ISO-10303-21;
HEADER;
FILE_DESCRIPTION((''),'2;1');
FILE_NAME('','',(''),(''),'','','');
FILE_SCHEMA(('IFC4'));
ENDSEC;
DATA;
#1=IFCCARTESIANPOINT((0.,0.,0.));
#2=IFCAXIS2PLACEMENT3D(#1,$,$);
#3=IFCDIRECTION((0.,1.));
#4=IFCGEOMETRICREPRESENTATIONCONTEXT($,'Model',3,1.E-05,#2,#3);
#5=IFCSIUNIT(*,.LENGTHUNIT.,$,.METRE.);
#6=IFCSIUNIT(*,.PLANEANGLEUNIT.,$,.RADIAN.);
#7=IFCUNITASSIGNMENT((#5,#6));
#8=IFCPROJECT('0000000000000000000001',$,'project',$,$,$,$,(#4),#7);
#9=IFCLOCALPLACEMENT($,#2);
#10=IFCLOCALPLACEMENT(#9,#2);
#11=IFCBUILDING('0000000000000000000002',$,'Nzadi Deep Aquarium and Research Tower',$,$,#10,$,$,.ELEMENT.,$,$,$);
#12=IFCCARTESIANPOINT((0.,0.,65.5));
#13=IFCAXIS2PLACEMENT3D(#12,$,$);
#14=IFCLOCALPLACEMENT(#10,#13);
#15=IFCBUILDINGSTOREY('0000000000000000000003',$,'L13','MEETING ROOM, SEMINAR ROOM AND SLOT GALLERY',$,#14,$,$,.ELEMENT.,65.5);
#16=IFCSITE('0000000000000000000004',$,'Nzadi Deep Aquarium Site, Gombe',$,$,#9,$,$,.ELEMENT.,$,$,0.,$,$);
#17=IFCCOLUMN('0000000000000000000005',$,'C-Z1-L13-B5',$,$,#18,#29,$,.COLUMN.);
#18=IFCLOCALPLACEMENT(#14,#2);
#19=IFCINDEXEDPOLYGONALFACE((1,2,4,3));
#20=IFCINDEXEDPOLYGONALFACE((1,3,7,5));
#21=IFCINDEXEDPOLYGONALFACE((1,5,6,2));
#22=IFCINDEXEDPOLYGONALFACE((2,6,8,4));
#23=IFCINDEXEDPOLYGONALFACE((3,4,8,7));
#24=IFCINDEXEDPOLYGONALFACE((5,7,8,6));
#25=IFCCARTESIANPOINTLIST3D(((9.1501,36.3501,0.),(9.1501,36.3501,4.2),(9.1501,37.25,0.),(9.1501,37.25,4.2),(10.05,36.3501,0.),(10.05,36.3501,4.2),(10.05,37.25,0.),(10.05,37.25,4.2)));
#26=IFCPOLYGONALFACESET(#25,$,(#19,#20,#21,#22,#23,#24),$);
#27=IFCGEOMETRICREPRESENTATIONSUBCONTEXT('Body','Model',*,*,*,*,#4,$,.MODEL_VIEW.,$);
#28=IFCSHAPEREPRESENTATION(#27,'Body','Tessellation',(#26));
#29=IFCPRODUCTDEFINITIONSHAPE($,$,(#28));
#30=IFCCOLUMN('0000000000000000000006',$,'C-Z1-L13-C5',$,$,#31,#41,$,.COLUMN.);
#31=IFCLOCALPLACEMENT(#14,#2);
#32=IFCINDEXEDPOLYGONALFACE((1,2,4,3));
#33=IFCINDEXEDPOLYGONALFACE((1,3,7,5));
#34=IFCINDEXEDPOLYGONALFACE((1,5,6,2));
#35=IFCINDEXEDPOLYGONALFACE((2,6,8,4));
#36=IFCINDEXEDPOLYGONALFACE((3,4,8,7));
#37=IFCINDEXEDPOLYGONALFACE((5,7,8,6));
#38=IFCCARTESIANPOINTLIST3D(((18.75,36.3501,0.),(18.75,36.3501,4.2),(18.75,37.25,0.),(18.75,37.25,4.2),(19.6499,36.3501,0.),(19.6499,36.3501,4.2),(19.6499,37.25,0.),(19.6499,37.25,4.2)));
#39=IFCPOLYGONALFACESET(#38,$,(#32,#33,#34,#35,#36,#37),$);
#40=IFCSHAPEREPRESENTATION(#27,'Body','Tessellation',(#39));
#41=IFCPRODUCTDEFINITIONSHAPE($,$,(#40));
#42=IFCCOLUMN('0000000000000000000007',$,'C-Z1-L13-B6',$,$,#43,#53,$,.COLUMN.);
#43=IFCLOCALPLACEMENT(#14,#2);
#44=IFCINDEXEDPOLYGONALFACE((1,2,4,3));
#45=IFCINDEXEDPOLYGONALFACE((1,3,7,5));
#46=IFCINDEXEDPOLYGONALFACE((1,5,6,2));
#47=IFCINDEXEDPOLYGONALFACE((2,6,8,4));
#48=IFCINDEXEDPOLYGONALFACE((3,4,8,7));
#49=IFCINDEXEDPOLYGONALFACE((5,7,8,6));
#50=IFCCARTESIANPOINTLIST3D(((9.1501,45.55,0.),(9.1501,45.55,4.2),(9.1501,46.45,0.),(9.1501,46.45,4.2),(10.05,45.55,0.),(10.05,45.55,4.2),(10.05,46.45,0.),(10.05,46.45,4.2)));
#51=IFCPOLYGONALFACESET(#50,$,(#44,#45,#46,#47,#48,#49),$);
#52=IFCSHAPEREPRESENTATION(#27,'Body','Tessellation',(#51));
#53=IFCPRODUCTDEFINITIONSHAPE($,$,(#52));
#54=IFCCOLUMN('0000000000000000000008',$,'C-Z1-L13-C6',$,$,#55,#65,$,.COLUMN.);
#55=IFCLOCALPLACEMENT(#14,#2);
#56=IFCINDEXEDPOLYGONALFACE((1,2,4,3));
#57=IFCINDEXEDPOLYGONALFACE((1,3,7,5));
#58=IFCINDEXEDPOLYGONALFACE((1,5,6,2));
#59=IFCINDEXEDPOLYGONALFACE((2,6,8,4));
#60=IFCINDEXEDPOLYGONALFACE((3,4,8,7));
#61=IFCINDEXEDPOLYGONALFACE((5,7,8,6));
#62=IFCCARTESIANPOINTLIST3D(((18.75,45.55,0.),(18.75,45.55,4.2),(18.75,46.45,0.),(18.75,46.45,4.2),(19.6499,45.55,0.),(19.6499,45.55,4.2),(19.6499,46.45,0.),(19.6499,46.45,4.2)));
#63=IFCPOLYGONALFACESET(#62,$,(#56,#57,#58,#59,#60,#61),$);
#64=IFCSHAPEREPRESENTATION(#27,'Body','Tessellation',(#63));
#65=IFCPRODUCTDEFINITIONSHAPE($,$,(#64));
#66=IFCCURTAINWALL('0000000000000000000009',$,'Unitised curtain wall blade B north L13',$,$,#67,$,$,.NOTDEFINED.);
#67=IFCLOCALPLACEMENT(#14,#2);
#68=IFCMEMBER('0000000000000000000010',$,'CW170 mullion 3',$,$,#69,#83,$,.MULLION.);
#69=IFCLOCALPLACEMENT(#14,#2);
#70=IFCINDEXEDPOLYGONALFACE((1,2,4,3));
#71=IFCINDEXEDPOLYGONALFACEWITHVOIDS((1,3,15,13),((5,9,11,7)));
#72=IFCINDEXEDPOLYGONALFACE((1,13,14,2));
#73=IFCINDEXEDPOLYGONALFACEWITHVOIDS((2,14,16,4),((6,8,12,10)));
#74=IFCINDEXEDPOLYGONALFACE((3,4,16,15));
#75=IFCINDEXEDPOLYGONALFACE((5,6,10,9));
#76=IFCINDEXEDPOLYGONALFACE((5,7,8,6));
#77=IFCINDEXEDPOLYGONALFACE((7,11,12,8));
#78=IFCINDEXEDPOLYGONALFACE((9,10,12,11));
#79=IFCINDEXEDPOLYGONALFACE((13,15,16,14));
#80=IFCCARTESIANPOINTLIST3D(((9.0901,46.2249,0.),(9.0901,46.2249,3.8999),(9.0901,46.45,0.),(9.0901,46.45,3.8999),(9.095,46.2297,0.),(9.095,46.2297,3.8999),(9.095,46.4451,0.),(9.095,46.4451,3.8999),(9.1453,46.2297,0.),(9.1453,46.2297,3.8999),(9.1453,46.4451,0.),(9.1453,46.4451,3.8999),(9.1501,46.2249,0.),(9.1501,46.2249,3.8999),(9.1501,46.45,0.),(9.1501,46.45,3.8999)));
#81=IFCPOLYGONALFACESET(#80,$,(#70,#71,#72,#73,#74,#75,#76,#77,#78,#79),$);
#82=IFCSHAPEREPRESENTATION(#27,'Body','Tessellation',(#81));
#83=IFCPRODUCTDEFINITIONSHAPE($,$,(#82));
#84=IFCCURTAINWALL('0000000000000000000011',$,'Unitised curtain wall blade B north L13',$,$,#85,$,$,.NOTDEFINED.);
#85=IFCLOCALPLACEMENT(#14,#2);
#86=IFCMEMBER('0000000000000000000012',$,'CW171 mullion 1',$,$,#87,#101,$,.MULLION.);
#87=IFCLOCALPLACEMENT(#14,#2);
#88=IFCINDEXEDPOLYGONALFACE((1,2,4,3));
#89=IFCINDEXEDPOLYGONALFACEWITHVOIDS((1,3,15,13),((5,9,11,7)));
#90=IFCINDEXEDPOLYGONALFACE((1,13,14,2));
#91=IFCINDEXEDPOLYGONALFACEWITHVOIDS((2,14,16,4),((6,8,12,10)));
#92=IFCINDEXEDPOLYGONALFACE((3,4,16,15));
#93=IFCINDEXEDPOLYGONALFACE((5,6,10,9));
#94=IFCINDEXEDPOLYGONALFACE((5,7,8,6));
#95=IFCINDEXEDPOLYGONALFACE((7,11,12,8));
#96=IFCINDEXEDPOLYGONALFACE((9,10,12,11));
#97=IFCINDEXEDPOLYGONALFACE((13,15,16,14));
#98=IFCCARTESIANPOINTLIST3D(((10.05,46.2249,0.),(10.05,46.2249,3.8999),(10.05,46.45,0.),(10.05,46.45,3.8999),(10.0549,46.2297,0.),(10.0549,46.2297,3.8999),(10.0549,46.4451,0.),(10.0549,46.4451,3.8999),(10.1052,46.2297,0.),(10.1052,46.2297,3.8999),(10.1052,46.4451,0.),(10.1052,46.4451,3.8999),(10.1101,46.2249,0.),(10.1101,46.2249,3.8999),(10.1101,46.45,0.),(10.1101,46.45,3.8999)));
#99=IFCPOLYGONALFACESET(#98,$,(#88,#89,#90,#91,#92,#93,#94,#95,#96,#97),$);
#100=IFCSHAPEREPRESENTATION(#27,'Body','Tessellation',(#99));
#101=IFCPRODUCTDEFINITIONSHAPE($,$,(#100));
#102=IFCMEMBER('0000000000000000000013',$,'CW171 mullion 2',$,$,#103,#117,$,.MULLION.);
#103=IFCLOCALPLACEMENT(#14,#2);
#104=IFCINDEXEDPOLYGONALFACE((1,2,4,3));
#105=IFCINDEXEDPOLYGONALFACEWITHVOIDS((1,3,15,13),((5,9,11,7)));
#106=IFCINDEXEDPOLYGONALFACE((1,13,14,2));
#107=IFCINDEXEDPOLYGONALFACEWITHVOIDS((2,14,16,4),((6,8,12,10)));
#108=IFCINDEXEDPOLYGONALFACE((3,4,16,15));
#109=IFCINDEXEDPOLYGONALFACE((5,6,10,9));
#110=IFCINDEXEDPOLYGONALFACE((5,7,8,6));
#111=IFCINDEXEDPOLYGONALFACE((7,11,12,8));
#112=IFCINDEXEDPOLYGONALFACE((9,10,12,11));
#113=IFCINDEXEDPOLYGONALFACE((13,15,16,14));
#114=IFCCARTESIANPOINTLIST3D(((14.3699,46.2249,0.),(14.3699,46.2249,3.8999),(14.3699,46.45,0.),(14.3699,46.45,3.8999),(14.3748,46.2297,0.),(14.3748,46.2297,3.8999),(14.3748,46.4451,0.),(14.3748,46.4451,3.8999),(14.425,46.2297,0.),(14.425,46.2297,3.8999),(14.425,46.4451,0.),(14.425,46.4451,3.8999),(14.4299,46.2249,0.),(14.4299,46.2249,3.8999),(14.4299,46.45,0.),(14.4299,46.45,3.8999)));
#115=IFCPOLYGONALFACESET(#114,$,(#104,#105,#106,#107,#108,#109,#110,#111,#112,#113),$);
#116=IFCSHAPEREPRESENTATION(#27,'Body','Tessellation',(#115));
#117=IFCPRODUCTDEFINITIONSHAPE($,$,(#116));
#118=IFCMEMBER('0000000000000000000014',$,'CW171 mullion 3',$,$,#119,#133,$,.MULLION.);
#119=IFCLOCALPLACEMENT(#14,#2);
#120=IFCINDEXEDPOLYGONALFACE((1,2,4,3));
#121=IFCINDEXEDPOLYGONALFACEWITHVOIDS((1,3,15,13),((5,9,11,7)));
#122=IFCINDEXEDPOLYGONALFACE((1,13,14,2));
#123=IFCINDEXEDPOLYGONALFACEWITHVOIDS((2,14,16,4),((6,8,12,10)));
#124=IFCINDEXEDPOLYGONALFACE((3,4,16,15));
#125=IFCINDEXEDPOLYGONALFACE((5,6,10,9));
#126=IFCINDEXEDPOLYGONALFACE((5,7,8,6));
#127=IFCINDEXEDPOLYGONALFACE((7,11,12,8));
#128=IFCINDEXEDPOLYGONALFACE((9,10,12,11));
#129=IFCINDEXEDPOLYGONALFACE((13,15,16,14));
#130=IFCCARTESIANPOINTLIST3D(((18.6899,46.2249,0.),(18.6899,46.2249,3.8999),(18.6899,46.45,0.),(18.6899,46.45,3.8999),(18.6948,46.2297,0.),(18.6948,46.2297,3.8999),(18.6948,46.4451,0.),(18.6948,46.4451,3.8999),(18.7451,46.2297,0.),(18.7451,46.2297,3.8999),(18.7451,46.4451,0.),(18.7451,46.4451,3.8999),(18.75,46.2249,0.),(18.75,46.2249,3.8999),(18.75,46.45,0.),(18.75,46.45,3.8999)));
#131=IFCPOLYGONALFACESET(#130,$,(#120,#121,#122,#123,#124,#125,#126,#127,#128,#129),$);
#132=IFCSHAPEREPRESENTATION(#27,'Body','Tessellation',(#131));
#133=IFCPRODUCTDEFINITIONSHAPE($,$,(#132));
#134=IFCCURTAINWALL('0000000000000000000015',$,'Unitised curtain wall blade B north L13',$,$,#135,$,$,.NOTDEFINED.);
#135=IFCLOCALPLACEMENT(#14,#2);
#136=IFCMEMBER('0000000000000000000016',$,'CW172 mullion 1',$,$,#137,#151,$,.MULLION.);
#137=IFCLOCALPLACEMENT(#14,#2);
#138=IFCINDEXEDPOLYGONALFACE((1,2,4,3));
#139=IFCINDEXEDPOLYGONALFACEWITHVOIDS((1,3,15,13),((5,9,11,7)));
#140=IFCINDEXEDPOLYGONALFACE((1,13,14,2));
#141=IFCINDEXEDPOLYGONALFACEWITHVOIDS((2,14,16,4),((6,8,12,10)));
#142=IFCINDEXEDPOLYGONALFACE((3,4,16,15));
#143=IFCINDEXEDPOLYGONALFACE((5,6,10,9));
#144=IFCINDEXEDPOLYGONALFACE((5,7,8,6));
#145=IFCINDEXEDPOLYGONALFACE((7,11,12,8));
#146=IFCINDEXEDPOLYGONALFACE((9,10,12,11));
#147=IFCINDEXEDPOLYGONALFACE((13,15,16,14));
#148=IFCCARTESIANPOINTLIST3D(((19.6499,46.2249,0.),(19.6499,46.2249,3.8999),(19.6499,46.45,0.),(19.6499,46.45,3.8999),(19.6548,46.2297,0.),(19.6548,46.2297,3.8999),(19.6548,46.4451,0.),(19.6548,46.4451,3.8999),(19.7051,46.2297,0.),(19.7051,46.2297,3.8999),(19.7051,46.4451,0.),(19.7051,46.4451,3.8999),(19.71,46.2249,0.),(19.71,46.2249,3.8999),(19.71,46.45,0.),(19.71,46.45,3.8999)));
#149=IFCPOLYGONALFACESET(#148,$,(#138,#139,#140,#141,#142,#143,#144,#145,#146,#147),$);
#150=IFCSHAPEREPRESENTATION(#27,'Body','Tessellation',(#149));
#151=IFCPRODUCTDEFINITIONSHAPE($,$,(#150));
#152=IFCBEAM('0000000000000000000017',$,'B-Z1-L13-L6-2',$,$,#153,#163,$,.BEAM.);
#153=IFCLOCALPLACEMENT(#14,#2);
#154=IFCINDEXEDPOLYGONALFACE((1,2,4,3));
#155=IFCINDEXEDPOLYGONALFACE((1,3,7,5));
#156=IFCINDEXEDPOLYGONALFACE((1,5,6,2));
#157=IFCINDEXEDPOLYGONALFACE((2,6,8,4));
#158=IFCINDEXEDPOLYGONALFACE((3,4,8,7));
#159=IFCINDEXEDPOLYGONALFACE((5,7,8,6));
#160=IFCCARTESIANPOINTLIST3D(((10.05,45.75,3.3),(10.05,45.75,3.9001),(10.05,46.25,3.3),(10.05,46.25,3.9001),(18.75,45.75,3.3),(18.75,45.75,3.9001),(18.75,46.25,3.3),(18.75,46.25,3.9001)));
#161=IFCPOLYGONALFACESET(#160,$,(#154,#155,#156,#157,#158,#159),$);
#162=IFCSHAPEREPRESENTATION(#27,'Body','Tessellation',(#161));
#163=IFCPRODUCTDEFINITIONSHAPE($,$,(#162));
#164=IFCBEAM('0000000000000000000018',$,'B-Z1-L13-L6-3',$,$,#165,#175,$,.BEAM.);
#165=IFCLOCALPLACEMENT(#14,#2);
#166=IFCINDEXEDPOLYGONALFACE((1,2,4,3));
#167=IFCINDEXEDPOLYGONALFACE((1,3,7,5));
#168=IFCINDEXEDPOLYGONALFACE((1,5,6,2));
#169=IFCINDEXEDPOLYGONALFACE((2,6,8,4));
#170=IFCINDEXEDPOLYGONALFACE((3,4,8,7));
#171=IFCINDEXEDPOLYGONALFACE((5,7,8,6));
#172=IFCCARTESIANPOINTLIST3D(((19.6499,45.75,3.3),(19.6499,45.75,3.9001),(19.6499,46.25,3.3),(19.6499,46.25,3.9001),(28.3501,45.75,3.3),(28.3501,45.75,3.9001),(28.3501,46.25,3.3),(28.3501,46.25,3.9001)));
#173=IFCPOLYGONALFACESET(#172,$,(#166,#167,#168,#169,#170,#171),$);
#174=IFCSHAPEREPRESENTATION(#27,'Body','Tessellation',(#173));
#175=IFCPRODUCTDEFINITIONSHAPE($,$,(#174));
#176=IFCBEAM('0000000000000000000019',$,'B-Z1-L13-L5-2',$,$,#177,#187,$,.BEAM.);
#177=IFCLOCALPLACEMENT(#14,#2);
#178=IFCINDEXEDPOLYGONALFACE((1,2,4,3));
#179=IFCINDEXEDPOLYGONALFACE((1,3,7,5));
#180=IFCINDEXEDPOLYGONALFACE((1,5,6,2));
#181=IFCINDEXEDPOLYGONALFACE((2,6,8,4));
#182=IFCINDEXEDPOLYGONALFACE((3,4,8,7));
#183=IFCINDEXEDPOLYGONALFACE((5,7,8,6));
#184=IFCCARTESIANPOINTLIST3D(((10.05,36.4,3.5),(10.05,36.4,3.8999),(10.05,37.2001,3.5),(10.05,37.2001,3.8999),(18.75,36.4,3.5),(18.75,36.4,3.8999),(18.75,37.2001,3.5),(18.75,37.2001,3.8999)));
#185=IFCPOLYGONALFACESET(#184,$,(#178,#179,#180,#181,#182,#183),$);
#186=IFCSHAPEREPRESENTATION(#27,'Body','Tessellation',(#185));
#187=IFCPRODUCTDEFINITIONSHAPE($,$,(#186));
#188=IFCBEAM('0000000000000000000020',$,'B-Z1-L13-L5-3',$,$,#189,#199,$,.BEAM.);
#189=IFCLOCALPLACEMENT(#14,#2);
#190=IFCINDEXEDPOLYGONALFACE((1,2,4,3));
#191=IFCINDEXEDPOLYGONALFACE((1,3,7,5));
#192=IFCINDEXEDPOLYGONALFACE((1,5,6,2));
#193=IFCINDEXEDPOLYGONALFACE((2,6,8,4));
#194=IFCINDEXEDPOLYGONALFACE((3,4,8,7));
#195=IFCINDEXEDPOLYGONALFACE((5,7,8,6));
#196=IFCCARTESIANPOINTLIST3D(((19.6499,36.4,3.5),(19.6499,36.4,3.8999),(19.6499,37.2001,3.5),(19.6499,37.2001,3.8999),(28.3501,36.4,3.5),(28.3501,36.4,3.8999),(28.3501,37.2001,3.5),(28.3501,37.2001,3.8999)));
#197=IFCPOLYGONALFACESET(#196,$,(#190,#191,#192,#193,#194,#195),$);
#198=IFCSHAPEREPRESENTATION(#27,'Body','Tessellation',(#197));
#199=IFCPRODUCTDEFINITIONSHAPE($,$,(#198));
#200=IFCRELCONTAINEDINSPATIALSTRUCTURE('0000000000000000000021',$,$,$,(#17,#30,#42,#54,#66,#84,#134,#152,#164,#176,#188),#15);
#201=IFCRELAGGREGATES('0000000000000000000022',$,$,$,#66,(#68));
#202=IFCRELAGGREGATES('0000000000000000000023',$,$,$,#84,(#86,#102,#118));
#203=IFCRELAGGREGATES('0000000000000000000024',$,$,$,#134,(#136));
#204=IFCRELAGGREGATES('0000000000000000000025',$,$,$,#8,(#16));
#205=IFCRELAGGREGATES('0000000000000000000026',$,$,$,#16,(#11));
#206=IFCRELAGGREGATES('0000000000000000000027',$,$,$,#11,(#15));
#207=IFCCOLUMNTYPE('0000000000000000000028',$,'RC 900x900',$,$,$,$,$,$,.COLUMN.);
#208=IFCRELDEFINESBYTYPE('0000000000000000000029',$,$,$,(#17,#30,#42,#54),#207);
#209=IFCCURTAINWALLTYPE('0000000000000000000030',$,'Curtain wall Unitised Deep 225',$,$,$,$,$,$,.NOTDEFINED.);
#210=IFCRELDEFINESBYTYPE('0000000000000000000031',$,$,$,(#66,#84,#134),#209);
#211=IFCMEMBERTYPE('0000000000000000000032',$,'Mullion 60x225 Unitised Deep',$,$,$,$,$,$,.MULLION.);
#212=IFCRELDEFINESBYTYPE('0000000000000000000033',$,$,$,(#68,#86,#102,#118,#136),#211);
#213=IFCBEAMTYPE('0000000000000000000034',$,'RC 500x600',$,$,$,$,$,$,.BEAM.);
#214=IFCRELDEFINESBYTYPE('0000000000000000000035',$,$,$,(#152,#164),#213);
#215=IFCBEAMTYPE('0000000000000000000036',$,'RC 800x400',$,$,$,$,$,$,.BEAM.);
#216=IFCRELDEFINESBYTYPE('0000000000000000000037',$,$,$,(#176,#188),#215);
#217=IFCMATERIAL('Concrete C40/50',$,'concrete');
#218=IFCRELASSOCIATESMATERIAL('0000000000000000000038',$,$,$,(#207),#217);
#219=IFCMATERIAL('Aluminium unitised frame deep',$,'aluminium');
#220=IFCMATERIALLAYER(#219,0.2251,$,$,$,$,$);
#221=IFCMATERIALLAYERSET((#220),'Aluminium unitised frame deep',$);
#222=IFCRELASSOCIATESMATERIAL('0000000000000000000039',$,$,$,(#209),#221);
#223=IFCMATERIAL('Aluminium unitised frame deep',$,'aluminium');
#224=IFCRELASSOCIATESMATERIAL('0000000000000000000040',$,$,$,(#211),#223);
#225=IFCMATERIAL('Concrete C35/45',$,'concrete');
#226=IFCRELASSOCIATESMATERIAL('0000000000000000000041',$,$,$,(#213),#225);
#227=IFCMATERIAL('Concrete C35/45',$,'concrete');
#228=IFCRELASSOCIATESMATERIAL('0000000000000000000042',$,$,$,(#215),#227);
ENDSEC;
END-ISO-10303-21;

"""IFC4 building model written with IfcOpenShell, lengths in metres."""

from ifc_helpers import new_model, si_unit, direction, frame, origin, origin_2d, place, context, subcontext, project, spatial, rectangle, hollow_rectangle, extrude, material, layer, layer_set, material_profile, profile_set, type_object, element, aggregate, save


model = new_model("IFC4")

# Units and contexts
model_context = context("Model", 3, precision=1e-05, world=origin(), true_north=direction((0.0, 1.0)))
body_context = subcontext(model_context, "Body", "Model", "MODEL_VIEW")
ifc_project = project(units=[si_unit("LENGTHUNIT", "METRE"), si_unit("PLANEANGLEUNIT", "RADIAN")], contexts=[model_context])

# Site, building, storey
site_placement = place(None, origin())
site = spatial("IfcSite", under=ifc_project, at=site_placement, Name="Nzadi Deep Aquarium Site, Gombe", CompositionType="ELEMENT", RefElevation=0.0)
building_placement = place(site_placement, origin())
building = spatial("IfcBuilding", under=site, at=building_placement, Name="Nzadi Deep Aquarium and Research Tower", CompositionType="ELEMENT")
storey_placement = place(building_placement, frame((0.0, 0.0, 65.5)))
storey = spatial("IfcBuildingStorey", under=building, at=storey_placement, Name="L13", Description="MEETING ROOM, SEMINAR ROOM AND SLOT GALLERY", CompositionType="ELEMENT", Elevation=65.5)

# Columns
ifc_material_1 = material(Name="Concrete C40/50", Category="concrete")
ifc_material_profile_1 = material_profile(ifc_material_1, rectangle(XDim=0.8999, YDim=0.8999, at=origin_2d()))
ifc_profile_set_1 = profile_set([ifc_material_profile_1], Name="Concrete C40/50")
column_type = type_object("IfcColumnType", Name="RC 900x900", PredefinedType="COLUMN", material=ifc_profile_set_1)
for number, where, z_axis, x_axis, name in (
    (1, (9.6001, 36.8, 0.0), (0.0, 0.0, 1.0), (1.0, 0.0, 0.0), "C-Z1-L13-B5"),
    (2, (19.2, 36.8, 0.0), (0.0, 0.0, 1.0), (1.0, 0.0, 0.0), "C-Z1-L13-C5"),
    (3, (9.6001, 46.0, 0.0), (0.0, 0.0, 1.0), (1.0, 0.0, 0.0), "C-Z1-L13-B6"),
    (4, (19.2, 46.0, 0.0), (0.0, 0.0, 1.0), (1.0, 0.0, 0.0), "C-Z1-L13-C6"),
):
    element("IfcColumn", number, at=place(storey_placement, frame(where, z_axis=z_axis, x_axis=x_axis)), inside=storey, type_object=column_type, Name=name, PredefinedType="COLUMN", context=body_context, shape_type="SweptSolid", body=[
        extrude(rectangle(XDim=0.8999, YDim=0.8999, at=origin_2d()), origin(), (0.0, 0.0, 1.0), 4.2),
    ])

# Curtain wall, member
ifc_material_2 = material(Name="Aluminium unitised frame deep", Category="aluminium")
ifc_layer_1 = layer(ifc_material_2, 0.2251)
ifc_layer_set_1 = layer_set([ifc_layer_1], Name="Aluminium unitised frame deep")
curtain_wall_type = type_object("IfcCurtainWallType", Name="Curtain wall Unitised Deep 225", PredefinedType="NOTDEFINED", material=ifc_layer_set_1)
curtain_wall_1_placement = place(storey_placement, origin())
curtain_wall_1 = element("IfcCurtainWall", 5, at=curtain_wall_1_placement, inside=storey, type_object=curtain_wall_type, Name="Unitised curtain wall blade B north L13", PredefinedType="NOTDEFINED")
ifc_material_3 = material(Name="Aluminium unitised frame deep", Category="aluminium")
ifc_material_profile_2 = material_profile(ifc_material_3, hollow_rectangle(XDim=0.2251, YDim=0.0601, WallThickness=0.0049, at=origin_2d()))
ifc_profile_set_2 = profile_set([ifc_material_profile_2], Name="Aluminium unitised frame deep")
member_type_1 = type_object("IfcMemberType", Name="Mullion 60x225 Unitised Deep", PredefinedType="MULLION", material=ifc_profile_set_2)
member_1_placement = place(storey_placement, frame((9.1201, 46.3374, 0.0), z_axis=(0.0, 0.0, 1.0), x_axis=(0.0, 1.0, 0.0)))
member_1 = element("IfcMember", 6, at=member_1_placement, type_object=member_type_1, Name="CW170 mullion 3", PredefinedType="MULLION", context=body_context, shape_type="SweptSolid", body=[
    extrude(hollow_rectangle(XDim=0.2251, YDim=0.0601, WallThickness=0.0049, at=origin_2d()), origin(), (0.0, 0.0, 1.0), 3.8999),
])
aggregate(curtain_wall_1, [member_1])

# Curtain wall, members
curtain_wall_2_placement = place(storey_placement, origin())
curtain_wall_2 = element("IfcCurtainWall", 7, at=curtain_wall_2_placement, inside=storey, type_object=curtain_wall_type, Name="Unitised curtain wall blade B north L13", PredefinedType="NOTDEFINED")
member_2_placement = place(storey_placement, frame((10.0801, 46.3374, 0.0), z_axis=(0.0, 0.0, 1.0), x_axis=(0.0, 1.0, 0.0)))
member_2 = element("IfcMember", 8, at=member_2_placement, type_object=member_type_1, Name="CW171 mullion 1", PredefinedType="MULLION", context=body_context, shape_type="SweptSolid", body=[
    extrude(hollow_rectangle(XDim=0.2251, YDim=0.0601, WallThickness=0.0049, at=origin_2d()), origin(), (0.0, 0.0, 1.0), 3.8999),
])
member_3_placement = place(storey_placement, frame((14.3999, 46.3374, 0.0), z_axis=(0.0, 0.0, 1.0), x_axis=(0.0, 1.0, 0.0)))
member_3 = element("IfcMember", 9, at=member_3_placement, type_object=member_type_1, Name="CW171 mullion 2", PredefinedType="MULLION", context=body_context, shape_type="SweptSolid", body=[
    extrude(hollow_rectangle(XDim=0.2251, YDim=0.0601, WallThickness=0.0049, at=origin_2d()), origin(), (0.0, 0.0, 1.0), 3.8999),
])
member_4_placement = place(storey_placement, frame((18.72, 46.3374, 0.0), z_axis=(0.0, 0.0, 1.0), x_axis=(0.0, 1.0, 0.0)))
member_4 = element("IfcMember", 10, at=member_4_placement, type_object=member_type_1, Name="CW171 mullion 3", PredefinedType="MULLION", context=body_context, shape_type="SweptSolid", body=[
    extrude(hollow_rectangle(XDim=0.2251, YDim=0.0601, WallThickness=0.0049, at=origin_2d()), origin(), (0.0, 0.0, 1.0), 3.8999),
])

# Curtain wall, member
curtain_wall_3_placement = place(storey_placement, origin())
curtain_wall_3 = element("IfcCurtainWall", 11, at=curtain_wall_3_placement, inside=storey, type_object=curtain_wall_type, Name="Unitised curtain wall blade B north L13", PredefinedType="NOTDEFINED")
member_5_placement = place(storey_placement, frame((19.6799, 46.3374, 0.0), z_axis=(0.0, 0.0, 1.0), x_axis=(0.0, 1.0, 0.0)))
member_5 = element("IfcMember", 12, at=member_5_placement, type_object=member_type_1, Name="CW172 mullion 1", PredefinedType="MULLION", context=body_context, shape_type="SweptSolid", body=[
    extrude(hollow_rectangle(XDim=0.2251, YDim=0.0601, WallThickness=0.0049, at=origin_2d()), origin(), (0.0, 0.0, 1.0), 3.8999),
])

# Beams
ifc_material_4 = material(Name="Concrete C35/45", Category="concrete")
ifc_material_profile_3 = material_profile(ifc_material_4, rectangle(XDim=0.5, YDim=0.6001, at=origin_2d()))
ifc_profile_set_3 = profile_set([ifc_material_profile_3], Name="Concrete C35/45")
beam_type_1 = type_object("IfcBeamType", Name="RC 500x600", PredefinedType="BEAM", material=ifc_profile_set_3)
beam_1_placement = place(storey_placement, frame((10.05, 46.0, 3.6001), z_axis=(1.0, 0.0, 0.0), x_axis=(0.0, 1.0, 0.0)))
element("IfcBeam", 13, at=beam_1_placement, inside=storey, type_object=beam_type_1, Name="B-Z1-L13-L6-2", PredefinedType="BEAM", context=body_context, shape_type="SweptSolid", body=[
    extrude(rectangle(XDim=0.5, YDim=0.6001, at=origin_2d()), origin(), (0.0, 0.0, 1.0), 8.7),
])
beam_2_placement = place(storey_placement, frame((19.6499, 46.0, 3.6001), z_axis=(1.0, 0.0, 0.0), x_axis=(0.0, 1.0, 0.0)))
element("IfcBeam", 14, at=beam_2_placement, inside=storey, type_object=beam_type_1, Name="B-Z1-L13-L6-3", PredefinedType="BEAM", context=body_context, shape_type="SweptSolid", body=[
    extrude(rectangle(XDim=0.5, YDim=0.6001, at=origin_2d()), origin(), (0.0, 0.0, 1.0), 8.7002),
])
ifc_material_5 = material(Name="Concrete C35/45", Category="concrete")
ifc_material_profile_4 = material_profile(ifc_material_5, rectangle(XDim=0.8, YDim=0.3999, at=origin_2d()))
ifc_profile_set_4 = profile_set([ifc_material_profile_4], Name="Concrete C35/45")
beam_type_2 = type_object("IfcBeamType", Name="RC 800x400", PredefinedType="BEAM", material=ifc_profile_set_4)
beam_3_placement = place(storey_placement, frame((10.05, 36.8, 3.7), z_axis=(1.0, 0.0, 0.0), x_axis=(0.0, 1.0, 0.0)))
element("IfcBeam", 15, at=beam_3_placement, inside=storey, type_object=beam_type_2, Name="B-Z1-L13-L5-2", PredefinedType="BEAM", context=body_context, shape_type="SweptSolid", body=[
    extrude(rectangle(XDim=0.8, YDim=0.3999, at=origin_2d()), origin(), (0.0, 0.0, 1.0), 8.7),
])
beam_4_placement = place(storey_placement, frame((19.6499, 36.8, 3.7), z_axis=(1.0, 0.0, 0.0), x_axis=(0.0, 1.0, 0.0)))
element("IfcBeam", 16, at=beam_4_placement, inside=storey, type_object=beam_type_2, Name="B-Z1-L13-L5-3", PredefinedType="BEAM", context=body_context, shape_type="SweptSolid", body=[
    extrude(rectangle(XDim=0.8, YDim=0.3999, at=origin_2d()), origin(), (0.0, 0.0, 1.0), 8.7002),
])

aggregate(curtain_wall_2, [member_2, member_3, member_4])
aggregate(curtain_wall_3, [member_5])

save(model, "model.ifc")
